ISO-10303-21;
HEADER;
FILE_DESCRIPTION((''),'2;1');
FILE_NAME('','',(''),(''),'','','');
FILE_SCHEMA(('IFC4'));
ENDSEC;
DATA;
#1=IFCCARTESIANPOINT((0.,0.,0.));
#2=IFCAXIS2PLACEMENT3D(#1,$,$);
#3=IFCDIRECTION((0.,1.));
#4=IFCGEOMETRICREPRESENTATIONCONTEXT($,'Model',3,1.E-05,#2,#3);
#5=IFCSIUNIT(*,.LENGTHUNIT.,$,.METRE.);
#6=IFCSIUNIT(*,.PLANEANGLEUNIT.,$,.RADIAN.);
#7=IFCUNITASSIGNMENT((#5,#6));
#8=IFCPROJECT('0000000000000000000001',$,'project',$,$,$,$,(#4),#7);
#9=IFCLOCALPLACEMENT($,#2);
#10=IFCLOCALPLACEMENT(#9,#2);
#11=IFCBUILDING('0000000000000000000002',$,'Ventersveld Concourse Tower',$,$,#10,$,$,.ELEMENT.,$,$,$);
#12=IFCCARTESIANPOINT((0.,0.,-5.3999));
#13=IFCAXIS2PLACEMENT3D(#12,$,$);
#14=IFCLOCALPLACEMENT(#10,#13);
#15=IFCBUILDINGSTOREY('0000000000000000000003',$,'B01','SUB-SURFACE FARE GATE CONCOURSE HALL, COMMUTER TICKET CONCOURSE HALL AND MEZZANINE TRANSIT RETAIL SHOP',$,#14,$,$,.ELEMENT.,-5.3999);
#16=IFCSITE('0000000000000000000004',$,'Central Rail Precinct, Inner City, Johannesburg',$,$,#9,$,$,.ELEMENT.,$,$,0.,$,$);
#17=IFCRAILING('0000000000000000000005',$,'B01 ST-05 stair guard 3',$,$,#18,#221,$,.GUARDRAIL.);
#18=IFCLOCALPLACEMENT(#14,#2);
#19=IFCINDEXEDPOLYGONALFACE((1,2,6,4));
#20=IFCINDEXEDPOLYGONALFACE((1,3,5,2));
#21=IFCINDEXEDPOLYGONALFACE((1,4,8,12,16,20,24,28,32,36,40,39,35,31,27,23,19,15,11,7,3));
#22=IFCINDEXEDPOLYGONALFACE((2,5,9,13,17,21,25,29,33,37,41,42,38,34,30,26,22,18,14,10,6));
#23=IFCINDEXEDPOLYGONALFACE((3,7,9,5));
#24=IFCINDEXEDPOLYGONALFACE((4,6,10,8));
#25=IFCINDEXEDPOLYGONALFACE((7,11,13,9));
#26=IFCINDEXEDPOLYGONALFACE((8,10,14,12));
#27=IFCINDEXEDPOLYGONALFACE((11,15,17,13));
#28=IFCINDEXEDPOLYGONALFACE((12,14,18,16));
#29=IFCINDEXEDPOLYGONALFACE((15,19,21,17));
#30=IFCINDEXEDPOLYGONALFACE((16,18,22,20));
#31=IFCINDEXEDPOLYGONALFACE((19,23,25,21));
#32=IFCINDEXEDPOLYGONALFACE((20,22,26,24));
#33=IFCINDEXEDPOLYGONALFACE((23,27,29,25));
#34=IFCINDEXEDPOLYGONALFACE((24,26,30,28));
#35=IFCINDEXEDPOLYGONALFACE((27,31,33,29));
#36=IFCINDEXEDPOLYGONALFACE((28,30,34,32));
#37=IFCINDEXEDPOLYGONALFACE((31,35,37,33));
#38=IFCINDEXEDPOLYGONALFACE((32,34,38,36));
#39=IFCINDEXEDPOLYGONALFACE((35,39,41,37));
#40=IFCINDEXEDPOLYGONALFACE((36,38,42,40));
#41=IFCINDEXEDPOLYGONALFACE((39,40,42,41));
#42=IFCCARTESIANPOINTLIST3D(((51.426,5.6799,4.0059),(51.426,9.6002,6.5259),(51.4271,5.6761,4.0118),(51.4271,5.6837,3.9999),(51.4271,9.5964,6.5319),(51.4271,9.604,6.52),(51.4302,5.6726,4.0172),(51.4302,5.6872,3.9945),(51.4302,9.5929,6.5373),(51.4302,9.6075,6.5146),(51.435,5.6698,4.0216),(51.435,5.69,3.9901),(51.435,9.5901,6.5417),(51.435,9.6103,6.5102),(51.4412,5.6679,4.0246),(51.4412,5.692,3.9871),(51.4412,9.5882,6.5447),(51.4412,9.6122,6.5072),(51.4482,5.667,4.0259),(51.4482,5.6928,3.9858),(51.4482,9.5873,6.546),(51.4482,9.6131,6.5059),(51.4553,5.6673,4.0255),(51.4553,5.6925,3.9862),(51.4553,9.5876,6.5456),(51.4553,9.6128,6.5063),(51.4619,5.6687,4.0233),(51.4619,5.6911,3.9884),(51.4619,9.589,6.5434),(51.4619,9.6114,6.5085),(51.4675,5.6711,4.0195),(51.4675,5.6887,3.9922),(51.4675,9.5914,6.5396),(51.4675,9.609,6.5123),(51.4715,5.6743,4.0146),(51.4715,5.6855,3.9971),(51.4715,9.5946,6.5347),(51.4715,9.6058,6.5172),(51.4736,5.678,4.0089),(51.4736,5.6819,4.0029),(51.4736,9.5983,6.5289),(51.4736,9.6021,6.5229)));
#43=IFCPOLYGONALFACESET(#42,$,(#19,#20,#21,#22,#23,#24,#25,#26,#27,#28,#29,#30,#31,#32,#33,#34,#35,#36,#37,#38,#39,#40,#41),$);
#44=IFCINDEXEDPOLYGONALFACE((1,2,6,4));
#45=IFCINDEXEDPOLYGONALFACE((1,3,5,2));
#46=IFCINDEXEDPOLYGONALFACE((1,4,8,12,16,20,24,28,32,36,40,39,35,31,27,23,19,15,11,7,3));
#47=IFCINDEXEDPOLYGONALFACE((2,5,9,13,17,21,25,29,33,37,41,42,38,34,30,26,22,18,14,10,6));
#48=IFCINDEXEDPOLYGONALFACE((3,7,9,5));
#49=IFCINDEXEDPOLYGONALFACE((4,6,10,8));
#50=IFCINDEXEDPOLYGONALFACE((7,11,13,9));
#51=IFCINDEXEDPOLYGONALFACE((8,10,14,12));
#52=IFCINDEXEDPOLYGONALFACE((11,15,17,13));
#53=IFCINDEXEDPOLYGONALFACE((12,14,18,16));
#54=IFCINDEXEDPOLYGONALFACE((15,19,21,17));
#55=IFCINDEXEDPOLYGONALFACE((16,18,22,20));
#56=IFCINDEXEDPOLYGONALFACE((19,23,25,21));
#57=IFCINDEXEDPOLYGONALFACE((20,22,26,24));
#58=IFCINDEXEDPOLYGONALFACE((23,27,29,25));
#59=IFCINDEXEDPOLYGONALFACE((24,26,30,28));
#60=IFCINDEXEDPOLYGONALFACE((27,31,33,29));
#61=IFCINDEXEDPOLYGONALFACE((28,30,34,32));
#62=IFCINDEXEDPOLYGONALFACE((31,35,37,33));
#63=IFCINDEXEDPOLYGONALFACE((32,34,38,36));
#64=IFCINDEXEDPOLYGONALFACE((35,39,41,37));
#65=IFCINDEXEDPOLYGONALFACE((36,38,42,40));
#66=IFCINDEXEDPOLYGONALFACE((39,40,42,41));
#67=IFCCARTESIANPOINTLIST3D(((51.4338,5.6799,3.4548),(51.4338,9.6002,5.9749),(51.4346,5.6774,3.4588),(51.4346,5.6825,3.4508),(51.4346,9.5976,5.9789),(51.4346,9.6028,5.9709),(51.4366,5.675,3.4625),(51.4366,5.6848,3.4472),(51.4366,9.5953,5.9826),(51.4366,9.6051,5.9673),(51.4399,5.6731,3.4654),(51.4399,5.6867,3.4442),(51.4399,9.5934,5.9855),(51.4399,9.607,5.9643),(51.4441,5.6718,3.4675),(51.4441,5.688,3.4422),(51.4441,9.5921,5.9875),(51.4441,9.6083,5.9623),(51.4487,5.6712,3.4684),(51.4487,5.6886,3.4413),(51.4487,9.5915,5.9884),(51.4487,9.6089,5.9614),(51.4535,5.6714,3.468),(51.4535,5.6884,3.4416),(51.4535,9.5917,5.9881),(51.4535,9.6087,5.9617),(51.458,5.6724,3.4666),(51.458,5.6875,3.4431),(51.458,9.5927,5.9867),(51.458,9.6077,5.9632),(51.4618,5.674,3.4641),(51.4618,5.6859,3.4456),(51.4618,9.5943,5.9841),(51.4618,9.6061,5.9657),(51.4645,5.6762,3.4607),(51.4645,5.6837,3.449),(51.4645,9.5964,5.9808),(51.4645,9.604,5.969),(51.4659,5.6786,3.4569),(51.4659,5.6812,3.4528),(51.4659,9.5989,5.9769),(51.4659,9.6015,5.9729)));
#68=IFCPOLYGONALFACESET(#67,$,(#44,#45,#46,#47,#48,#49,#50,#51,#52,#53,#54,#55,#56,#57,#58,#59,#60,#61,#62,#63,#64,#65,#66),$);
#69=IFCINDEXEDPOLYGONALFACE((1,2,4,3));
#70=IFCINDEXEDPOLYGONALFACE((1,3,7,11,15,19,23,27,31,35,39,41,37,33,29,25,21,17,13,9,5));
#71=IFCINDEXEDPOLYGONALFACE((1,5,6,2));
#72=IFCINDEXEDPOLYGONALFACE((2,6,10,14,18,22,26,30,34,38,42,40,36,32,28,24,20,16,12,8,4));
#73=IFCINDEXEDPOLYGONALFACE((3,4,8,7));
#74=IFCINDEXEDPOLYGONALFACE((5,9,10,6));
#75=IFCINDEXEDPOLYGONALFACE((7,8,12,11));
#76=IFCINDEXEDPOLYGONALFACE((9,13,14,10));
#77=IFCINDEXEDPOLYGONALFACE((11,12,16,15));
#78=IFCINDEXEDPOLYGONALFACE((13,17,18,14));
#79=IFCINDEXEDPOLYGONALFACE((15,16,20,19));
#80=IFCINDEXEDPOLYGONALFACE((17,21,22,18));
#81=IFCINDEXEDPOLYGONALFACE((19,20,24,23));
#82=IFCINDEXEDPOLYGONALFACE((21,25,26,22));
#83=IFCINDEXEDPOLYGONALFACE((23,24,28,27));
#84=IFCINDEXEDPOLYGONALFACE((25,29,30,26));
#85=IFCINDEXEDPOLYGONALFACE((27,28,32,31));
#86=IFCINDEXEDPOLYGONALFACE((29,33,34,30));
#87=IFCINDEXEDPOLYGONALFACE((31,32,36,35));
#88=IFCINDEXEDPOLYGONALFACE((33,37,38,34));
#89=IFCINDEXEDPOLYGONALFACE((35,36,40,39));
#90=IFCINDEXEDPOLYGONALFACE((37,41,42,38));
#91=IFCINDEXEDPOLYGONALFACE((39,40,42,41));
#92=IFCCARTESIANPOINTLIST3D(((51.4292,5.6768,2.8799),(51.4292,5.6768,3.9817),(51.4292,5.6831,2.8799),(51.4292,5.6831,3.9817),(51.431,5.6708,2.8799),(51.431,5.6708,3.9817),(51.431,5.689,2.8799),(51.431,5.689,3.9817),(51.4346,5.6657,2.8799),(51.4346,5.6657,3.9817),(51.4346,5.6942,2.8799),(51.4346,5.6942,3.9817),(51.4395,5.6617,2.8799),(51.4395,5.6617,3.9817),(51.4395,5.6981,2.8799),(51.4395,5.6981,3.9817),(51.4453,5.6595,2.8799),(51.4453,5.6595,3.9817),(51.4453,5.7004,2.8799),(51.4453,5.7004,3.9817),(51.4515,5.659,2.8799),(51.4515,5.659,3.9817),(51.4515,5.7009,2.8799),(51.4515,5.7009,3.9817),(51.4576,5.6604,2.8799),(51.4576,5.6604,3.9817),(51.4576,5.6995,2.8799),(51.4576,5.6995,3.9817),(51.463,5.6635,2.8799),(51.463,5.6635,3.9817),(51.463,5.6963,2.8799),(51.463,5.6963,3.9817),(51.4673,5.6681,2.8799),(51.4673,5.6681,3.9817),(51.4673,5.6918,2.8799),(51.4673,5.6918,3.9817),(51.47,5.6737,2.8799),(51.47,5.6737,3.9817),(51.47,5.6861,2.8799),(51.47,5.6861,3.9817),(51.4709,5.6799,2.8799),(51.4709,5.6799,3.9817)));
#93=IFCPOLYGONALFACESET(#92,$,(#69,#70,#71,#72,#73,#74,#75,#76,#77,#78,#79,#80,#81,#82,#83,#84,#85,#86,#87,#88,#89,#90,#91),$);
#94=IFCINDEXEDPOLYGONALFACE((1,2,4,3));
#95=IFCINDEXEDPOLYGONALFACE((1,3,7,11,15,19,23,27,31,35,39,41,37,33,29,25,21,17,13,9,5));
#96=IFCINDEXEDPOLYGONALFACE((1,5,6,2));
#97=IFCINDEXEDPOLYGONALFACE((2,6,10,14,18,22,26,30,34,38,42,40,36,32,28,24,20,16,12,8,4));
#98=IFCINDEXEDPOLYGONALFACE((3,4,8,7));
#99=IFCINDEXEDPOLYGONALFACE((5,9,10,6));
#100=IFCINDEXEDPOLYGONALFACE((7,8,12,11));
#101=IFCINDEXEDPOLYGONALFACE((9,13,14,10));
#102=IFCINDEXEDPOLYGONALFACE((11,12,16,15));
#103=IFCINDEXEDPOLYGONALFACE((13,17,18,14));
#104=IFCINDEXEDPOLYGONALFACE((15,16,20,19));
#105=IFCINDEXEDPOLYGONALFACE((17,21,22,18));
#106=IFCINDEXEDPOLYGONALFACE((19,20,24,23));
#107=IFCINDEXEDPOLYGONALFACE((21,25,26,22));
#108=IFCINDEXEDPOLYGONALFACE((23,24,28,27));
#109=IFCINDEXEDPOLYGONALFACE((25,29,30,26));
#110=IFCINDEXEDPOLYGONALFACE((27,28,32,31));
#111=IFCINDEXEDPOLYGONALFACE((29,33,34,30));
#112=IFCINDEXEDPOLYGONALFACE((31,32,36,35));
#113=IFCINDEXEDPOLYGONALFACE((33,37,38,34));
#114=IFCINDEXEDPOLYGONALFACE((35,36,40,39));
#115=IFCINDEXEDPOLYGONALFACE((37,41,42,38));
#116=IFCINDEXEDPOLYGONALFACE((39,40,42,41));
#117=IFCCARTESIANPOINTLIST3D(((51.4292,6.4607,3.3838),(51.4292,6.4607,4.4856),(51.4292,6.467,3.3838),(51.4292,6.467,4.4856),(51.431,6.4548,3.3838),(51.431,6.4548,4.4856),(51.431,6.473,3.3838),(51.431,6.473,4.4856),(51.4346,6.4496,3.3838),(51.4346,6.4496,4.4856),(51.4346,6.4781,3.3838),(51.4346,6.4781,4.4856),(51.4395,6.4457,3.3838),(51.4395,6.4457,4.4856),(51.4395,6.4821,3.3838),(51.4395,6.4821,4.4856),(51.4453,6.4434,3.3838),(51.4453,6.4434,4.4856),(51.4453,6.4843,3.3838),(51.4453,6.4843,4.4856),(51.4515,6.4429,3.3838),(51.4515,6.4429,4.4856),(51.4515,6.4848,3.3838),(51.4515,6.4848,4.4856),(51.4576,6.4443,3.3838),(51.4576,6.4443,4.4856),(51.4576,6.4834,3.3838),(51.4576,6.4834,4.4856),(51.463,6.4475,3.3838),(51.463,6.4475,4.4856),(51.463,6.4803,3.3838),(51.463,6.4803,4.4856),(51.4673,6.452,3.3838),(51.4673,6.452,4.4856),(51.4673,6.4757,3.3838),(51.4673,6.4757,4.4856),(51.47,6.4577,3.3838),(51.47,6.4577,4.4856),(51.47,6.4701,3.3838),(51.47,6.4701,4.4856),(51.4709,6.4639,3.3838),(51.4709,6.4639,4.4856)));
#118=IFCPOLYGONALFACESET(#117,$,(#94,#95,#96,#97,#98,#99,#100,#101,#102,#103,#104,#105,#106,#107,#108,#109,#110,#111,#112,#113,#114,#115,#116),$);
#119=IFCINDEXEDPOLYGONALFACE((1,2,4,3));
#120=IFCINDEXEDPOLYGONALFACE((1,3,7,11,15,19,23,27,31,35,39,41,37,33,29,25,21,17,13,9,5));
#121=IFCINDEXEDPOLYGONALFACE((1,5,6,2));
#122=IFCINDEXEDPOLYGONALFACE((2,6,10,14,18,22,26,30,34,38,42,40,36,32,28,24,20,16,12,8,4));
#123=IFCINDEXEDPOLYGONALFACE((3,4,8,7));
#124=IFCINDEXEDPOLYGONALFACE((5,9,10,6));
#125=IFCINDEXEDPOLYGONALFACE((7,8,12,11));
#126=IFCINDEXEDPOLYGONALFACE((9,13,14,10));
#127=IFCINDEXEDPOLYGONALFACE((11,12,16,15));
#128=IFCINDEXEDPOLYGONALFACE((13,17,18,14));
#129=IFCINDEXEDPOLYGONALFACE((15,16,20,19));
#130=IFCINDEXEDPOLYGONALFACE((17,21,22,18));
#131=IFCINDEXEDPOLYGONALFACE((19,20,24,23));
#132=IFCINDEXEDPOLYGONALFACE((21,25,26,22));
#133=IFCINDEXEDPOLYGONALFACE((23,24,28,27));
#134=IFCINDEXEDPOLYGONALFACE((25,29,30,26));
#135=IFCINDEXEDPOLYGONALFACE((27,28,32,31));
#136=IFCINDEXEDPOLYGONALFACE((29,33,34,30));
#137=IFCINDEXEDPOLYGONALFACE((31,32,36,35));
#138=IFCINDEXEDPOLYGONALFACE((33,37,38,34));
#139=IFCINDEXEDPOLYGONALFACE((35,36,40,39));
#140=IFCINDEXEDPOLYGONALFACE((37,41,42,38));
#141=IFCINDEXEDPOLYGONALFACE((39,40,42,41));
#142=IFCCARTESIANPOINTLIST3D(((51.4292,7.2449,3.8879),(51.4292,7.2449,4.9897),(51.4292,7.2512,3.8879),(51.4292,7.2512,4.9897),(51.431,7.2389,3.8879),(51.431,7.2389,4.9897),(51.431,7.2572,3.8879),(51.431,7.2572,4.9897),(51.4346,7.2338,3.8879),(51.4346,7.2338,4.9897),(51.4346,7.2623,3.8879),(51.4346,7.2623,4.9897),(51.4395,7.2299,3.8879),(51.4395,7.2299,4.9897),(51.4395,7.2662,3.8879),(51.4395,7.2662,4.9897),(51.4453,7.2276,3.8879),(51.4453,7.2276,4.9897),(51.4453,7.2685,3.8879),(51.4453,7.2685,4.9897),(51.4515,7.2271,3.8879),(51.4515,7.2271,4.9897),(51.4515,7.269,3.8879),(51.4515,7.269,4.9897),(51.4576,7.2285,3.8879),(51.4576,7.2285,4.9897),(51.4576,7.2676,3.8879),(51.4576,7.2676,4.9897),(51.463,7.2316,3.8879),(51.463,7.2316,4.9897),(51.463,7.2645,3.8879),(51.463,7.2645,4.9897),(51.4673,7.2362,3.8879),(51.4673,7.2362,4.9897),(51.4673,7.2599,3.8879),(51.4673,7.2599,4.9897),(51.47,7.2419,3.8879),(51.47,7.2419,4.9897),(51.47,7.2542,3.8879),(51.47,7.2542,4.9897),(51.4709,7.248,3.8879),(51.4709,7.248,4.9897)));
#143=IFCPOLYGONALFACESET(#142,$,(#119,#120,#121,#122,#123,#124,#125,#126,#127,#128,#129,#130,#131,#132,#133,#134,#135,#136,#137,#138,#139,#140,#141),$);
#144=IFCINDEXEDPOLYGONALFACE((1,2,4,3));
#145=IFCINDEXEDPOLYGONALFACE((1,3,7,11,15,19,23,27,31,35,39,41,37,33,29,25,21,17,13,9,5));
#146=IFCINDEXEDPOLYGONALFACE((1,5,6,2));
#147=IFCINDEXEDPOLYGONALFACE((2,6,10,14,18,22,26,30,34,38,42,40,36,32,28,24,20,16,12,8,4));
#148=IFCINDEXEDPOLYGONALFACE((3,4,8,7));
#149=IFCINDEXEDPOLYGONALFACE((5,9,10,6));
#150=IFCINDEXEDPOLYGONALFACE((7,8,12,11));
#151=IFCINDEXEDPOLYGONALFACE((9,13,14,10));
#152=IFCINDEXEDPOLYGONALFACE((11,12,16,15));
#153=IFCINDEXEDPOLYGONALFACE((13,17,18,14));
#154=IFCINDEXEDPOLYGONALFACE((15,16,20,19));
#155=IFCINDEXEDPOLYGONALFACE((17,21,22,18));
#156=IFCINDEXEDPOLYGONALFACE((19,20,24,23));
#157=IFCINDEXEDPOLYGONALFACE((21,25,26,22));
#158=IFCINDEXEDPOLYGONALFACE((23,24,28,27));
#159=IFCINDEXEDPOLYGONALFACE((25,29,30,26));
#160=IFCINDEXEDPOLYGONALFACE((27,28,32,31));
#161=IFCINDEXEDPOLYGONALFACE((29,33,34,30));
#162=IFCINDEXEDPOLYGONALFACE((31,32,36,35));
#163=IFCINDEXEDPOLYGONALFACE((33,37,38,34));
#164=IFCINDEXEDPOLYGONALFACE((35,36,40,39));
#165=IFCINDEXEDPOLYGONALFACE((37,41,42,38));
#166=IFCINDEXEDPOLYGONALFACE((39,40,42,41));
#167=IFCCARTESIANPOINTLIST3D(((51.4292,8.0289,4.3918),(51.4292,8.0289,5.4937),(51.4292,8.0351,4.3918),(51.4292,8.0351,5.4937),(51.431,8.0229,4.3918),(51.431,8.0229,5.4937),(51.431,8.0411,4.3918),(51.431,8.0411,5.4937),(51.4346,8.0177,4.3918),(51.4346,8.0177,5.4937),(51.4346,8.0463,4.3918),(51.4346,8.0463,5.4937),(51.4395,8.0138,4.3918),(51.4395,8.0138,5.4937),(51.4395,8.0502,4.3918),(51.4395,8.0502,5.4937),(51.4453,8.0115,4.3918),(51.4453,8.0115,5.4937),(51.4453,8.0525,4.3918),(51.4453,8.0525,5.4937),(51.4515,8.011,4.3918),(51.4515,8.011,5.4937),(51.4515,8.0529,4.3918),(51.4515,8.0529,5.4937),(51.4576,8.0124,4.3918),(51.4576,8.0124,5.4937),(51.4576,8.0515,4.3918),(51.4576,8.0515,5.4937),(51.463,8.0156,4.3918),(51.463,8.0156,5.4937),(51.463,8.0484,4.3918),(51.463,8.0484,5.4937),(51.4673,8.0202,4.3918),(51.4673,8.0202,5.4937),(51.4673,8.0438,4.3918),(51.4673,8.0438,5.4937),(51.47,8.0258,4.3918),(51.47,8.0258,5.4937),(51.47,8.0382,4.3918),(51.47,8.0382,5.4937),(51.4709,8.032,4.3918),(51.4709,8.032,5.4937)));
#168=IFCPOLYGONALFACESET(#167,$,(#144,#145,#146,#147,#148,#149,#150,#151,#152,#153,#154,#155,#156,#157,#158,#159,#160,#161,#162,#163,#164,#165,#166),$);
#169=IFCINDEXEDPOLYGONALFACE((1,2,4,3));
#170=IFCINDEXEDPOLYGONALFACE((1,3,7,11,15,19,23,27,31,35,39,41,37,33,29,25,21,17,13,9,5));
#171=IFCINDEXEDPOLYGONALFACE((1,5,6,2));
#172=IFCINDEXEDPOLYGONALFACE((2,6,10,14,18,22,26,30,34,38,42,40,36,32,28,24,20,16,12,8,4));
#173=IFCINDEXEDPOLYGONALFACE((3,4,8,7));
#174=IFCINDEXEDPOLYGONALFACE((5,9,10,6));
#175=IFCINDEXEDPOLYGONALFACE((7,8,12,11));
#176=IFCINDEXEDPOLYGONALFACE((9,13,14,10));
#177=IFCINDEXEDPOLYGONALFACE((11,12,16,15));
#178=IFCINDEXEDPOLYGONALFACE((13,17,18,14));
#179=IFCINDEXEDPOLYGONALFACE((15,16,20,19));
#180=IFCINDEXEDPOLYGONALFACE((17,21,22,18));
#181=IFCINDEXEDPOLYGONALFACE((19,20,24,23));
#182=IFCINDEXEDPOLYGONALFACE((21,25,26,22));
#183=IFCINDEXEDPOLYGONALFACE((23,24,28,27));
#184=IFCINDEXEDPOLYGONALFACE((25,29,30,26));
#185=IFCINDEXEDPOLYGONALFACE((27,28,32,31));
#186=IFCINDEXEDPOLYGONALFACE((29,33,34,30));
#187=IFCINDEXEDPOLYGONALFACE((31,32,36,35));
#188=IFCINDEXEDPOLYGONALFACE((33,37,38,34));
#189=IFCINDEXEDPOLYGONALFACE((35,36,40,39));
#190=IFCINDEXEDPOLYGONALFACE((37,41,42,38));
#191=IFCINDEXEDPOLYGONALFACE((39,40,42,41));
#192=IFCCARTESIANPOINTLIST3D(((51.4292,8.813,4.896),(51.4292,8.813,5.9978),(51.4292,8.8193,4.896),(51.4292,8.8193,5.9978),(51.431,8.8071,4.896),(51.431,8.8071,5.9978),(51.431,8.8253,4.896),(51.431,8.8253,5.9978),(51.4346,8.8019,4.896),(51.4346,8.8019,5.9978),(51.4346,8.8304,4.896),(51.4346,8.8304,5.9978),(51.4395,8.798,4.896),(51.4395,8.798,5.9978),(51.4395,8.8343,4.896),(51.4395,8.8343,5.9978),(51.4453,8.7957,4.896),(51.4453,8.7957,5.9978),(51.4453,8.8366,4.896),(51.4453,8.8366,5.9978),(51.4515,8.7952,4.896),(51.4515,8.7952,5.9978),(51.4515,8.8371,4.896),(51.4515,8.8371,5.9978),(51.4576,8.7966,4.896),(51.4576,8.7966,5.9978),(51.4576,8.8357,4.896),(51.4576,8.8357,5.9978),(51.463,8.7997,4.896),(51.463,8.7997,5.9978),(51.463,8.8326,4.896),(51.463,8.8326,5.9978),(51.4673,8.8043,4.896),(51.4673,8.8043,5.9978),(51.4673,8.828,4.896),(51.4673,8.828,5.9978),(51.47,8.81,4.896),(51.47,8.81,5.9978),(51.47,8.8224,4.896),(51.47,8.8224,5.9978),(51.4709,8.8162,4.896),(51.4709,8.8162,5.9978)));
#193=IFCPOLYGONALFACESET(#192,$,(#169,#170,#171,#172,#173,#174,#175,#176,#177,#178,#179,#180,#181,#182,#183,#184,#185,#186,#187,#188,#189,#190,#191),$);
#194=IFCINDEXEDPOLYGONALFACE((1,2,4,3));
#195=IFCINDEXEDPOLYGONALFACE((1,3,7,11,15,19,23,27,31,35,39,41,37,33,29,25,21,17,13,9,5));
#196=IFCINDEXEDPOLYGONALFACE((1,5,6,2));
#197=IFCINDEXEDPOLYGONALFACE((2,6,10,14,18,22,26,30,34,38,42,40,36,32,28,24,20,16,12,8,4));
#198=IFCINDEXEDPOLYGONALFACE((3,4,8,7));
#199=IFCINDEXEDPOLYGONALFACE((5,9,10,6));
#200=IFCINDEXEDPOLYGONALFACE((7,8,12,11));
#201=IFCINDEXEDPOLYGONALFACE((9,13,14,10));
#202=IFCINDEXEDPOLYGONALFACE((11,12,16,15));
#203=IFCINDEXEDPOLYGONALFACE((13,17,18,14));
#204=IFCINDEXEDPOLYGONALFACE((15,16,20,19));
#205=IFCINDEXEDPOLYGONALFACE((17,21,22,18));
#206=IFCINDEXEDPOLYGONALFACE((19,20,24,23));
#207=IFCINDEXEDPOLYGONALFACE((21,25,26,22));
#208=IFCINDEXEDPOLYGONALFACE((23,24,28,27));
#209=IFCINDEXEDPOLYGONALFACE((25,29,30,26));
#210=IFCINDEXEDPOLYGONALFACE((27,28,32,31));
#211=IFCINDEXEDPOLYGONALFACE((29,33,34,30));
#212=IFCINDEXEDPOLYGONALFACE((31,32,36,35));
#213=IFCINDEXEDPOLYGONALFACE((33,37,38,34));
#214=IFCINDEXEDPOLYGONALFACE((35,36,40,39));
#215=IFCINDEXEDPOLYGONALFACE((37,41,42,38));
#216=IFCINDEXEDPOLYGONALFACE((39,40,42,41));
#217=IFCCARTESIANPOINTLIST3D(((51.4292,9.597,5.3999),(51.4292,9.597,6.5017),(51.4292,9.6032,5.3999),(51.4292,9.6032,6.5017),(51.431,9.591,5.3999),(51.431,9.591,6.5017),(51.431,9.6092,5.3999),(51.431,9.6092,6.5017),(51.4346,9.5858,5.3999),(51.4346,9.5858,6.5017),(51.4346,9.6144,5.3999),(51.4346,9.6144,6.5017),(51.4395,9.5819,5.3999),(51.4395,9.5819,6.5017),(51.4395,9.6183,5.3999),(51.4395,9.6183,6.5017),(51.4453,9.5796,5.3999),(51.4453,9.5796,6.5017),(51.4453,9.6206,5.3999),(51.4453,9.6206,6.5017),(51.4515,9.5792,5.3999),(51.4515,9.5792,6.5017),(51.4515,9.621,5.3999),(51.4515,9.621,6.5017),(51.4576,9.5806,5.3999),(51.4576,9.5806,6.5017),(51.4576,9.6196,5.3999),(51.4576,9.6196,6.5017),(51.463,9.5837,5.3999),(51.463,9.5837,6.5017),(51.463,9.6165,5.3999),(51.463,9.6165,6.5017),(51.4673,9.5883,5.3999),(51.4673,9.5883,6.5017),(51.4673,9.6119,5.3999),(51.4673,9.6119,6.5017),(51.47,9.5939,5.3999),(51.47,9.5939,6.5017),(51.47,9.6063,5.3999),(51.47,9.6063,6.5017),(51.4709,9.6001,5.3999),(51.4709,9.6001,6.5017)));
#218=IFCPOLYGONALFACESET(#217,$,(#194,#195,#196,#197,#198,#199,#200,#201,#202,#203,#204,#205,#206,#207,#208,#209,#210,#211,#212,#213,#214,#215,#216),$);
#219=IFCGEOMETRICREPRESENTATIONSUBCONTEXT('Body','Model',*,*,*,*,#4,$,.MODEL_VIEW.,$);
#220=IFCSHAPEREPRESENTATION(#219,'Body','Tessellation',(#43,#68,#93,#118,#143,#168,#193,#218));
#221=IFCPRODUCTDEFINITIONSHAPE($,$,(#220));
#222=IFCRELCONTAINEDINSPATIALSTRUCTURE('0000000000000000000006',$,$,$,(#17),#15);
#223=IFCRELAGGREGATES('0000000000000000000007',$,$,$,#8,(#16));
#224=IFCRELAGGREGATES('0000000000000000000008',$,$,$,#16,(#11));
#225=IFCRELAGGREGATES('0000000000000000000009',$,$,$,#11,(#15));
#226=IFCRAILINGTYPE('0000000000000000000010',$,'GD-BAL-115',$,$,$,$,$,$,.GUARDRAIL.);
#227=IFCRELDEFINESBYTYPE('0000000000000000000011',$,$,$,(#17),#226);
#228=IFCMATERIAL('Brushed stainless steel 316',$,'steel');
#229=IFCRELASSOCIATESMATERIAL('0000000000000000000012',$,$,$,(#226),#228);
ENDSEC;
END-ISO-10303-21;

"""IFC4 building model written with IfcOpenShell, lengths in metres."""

from ifc_helpers import new_model, si_unit, direction, frame, origin, origin_2d, place, context, subcontext, project, spatial, circle, extrude, material, type_object, element, save


model = new_model("IFC4")

# Units and contexts
model_context = context("Model", 3, precision=1e-05, world=origin(), true_north=direction((0.0, 1.0)))
body_context = subcontext(model_context, "Body", "Model", "MODEL_VIEW")
ifc_project = project(units=[si_unit("LENGTHUNIT", "METRE"), si_unit("PLANEANGLEUNIT", "RADIAN")], contexts=[model_context])

# Site, building, storey
site_placement = place(None, origin())
site = spatial("IfcSite", under=ifc_project, at=site_placement, Name="Central Rail Precinct, Inner City, Johannesburg", CompositionType="ELEMENT", RefElevation=0.0)
building_placement = place(site_placement, origin())
building = spatial("IfcBuilding", under=site, at=building_placement, Name="Ventersveld Concourse Tower", CompositionType="ELEMENT")
storey_placement = place(building_placement, frame((0.0, 0.0, -5.3999)))
storey = spatial("IfcBuildingStorey", under=building, at=storey_placement, Name="B01", Description="SUB-SURFACE FARE GATE CONCOURSE HALL, COMMUTER TICKET CONCOURSE HALL AND MEZZANINE TRANSIT RETAIL SHOP", CompositionType="ELEMENT", Elevation=-5.3999)

# Shared definitions
ifc_material_1 = material(Name="Brushed stainless steel 316", Category="steel")

# Railing
railing_type_1 = type_object("IfcRailingType", Name="GD-BAL-115", PredefinedType="GUARDRAIL", material=ifc_material_1)
railing_1_placement = place(storey_placement, frame((51.45, 5.6799, 2.8799)))
element("IfcRailing", 1, at=railing_1_placement, inside=storey, type_object=railing_type_1, Name="B01 ST-05 stair guard 3", PredefinedType="GUARDRAIL", context=body_context, shape_type="SweptSolid", body=[
    extrude(circle(Radius=0.0239, at=origin_2d()), frame((0.0, 0.0, 1.126), z_axis=(0.0, 0.841187, 0.540744), x_axis=(-1.0, 0.0, 0.0)), (0.0, 0.0, 1.0), 4.6604),
    extrude(circle(Radius=0.0161, at=origin_2d()), frame((0.0, 0.0, 0.575), z_axis=(0.0, 0.841187, 0.540744), x_axis=(-1.0, 0.0, 0.0)), (0.0, 0.0, 1.0), 4.6604),
    extrude(circle(Radius=0.021, at=origin_2d()), origin(), (0.0, 0.0, 1.0), 1.1018),
    extrude(circle(Radius=0.021, at=origin_2d()), frame((0.0, 0.7839, 0.5039)), (0.0, 0.0, 1.0), 1.1018),
    extrude(circle(Radius=0.021, at=origin_2d()), frame((0.0, 1.5681, 1.0081)), (0.0, 0.0, 1.0), 1.1018),
    extrude(circle(Radius=0.021, at=origin_2d()), frame((0.0, 2.3521, 1.512)), (0.0, 0.0, 1.0), 1.1018),
    extrude(circle(Radius=0.021, at=origin_2d()), frame((0.0, 3.1362, 2.0161)), (0.0, 0.0, 1.0), 1.1018),
    extrude(circle(Radius=0.021, at=origin_2d()), frame((0.0, 3.9202, 2.52)), (0.0, 0.0, 1.0), 1.1018),
])

save(model, "model.ifc")
